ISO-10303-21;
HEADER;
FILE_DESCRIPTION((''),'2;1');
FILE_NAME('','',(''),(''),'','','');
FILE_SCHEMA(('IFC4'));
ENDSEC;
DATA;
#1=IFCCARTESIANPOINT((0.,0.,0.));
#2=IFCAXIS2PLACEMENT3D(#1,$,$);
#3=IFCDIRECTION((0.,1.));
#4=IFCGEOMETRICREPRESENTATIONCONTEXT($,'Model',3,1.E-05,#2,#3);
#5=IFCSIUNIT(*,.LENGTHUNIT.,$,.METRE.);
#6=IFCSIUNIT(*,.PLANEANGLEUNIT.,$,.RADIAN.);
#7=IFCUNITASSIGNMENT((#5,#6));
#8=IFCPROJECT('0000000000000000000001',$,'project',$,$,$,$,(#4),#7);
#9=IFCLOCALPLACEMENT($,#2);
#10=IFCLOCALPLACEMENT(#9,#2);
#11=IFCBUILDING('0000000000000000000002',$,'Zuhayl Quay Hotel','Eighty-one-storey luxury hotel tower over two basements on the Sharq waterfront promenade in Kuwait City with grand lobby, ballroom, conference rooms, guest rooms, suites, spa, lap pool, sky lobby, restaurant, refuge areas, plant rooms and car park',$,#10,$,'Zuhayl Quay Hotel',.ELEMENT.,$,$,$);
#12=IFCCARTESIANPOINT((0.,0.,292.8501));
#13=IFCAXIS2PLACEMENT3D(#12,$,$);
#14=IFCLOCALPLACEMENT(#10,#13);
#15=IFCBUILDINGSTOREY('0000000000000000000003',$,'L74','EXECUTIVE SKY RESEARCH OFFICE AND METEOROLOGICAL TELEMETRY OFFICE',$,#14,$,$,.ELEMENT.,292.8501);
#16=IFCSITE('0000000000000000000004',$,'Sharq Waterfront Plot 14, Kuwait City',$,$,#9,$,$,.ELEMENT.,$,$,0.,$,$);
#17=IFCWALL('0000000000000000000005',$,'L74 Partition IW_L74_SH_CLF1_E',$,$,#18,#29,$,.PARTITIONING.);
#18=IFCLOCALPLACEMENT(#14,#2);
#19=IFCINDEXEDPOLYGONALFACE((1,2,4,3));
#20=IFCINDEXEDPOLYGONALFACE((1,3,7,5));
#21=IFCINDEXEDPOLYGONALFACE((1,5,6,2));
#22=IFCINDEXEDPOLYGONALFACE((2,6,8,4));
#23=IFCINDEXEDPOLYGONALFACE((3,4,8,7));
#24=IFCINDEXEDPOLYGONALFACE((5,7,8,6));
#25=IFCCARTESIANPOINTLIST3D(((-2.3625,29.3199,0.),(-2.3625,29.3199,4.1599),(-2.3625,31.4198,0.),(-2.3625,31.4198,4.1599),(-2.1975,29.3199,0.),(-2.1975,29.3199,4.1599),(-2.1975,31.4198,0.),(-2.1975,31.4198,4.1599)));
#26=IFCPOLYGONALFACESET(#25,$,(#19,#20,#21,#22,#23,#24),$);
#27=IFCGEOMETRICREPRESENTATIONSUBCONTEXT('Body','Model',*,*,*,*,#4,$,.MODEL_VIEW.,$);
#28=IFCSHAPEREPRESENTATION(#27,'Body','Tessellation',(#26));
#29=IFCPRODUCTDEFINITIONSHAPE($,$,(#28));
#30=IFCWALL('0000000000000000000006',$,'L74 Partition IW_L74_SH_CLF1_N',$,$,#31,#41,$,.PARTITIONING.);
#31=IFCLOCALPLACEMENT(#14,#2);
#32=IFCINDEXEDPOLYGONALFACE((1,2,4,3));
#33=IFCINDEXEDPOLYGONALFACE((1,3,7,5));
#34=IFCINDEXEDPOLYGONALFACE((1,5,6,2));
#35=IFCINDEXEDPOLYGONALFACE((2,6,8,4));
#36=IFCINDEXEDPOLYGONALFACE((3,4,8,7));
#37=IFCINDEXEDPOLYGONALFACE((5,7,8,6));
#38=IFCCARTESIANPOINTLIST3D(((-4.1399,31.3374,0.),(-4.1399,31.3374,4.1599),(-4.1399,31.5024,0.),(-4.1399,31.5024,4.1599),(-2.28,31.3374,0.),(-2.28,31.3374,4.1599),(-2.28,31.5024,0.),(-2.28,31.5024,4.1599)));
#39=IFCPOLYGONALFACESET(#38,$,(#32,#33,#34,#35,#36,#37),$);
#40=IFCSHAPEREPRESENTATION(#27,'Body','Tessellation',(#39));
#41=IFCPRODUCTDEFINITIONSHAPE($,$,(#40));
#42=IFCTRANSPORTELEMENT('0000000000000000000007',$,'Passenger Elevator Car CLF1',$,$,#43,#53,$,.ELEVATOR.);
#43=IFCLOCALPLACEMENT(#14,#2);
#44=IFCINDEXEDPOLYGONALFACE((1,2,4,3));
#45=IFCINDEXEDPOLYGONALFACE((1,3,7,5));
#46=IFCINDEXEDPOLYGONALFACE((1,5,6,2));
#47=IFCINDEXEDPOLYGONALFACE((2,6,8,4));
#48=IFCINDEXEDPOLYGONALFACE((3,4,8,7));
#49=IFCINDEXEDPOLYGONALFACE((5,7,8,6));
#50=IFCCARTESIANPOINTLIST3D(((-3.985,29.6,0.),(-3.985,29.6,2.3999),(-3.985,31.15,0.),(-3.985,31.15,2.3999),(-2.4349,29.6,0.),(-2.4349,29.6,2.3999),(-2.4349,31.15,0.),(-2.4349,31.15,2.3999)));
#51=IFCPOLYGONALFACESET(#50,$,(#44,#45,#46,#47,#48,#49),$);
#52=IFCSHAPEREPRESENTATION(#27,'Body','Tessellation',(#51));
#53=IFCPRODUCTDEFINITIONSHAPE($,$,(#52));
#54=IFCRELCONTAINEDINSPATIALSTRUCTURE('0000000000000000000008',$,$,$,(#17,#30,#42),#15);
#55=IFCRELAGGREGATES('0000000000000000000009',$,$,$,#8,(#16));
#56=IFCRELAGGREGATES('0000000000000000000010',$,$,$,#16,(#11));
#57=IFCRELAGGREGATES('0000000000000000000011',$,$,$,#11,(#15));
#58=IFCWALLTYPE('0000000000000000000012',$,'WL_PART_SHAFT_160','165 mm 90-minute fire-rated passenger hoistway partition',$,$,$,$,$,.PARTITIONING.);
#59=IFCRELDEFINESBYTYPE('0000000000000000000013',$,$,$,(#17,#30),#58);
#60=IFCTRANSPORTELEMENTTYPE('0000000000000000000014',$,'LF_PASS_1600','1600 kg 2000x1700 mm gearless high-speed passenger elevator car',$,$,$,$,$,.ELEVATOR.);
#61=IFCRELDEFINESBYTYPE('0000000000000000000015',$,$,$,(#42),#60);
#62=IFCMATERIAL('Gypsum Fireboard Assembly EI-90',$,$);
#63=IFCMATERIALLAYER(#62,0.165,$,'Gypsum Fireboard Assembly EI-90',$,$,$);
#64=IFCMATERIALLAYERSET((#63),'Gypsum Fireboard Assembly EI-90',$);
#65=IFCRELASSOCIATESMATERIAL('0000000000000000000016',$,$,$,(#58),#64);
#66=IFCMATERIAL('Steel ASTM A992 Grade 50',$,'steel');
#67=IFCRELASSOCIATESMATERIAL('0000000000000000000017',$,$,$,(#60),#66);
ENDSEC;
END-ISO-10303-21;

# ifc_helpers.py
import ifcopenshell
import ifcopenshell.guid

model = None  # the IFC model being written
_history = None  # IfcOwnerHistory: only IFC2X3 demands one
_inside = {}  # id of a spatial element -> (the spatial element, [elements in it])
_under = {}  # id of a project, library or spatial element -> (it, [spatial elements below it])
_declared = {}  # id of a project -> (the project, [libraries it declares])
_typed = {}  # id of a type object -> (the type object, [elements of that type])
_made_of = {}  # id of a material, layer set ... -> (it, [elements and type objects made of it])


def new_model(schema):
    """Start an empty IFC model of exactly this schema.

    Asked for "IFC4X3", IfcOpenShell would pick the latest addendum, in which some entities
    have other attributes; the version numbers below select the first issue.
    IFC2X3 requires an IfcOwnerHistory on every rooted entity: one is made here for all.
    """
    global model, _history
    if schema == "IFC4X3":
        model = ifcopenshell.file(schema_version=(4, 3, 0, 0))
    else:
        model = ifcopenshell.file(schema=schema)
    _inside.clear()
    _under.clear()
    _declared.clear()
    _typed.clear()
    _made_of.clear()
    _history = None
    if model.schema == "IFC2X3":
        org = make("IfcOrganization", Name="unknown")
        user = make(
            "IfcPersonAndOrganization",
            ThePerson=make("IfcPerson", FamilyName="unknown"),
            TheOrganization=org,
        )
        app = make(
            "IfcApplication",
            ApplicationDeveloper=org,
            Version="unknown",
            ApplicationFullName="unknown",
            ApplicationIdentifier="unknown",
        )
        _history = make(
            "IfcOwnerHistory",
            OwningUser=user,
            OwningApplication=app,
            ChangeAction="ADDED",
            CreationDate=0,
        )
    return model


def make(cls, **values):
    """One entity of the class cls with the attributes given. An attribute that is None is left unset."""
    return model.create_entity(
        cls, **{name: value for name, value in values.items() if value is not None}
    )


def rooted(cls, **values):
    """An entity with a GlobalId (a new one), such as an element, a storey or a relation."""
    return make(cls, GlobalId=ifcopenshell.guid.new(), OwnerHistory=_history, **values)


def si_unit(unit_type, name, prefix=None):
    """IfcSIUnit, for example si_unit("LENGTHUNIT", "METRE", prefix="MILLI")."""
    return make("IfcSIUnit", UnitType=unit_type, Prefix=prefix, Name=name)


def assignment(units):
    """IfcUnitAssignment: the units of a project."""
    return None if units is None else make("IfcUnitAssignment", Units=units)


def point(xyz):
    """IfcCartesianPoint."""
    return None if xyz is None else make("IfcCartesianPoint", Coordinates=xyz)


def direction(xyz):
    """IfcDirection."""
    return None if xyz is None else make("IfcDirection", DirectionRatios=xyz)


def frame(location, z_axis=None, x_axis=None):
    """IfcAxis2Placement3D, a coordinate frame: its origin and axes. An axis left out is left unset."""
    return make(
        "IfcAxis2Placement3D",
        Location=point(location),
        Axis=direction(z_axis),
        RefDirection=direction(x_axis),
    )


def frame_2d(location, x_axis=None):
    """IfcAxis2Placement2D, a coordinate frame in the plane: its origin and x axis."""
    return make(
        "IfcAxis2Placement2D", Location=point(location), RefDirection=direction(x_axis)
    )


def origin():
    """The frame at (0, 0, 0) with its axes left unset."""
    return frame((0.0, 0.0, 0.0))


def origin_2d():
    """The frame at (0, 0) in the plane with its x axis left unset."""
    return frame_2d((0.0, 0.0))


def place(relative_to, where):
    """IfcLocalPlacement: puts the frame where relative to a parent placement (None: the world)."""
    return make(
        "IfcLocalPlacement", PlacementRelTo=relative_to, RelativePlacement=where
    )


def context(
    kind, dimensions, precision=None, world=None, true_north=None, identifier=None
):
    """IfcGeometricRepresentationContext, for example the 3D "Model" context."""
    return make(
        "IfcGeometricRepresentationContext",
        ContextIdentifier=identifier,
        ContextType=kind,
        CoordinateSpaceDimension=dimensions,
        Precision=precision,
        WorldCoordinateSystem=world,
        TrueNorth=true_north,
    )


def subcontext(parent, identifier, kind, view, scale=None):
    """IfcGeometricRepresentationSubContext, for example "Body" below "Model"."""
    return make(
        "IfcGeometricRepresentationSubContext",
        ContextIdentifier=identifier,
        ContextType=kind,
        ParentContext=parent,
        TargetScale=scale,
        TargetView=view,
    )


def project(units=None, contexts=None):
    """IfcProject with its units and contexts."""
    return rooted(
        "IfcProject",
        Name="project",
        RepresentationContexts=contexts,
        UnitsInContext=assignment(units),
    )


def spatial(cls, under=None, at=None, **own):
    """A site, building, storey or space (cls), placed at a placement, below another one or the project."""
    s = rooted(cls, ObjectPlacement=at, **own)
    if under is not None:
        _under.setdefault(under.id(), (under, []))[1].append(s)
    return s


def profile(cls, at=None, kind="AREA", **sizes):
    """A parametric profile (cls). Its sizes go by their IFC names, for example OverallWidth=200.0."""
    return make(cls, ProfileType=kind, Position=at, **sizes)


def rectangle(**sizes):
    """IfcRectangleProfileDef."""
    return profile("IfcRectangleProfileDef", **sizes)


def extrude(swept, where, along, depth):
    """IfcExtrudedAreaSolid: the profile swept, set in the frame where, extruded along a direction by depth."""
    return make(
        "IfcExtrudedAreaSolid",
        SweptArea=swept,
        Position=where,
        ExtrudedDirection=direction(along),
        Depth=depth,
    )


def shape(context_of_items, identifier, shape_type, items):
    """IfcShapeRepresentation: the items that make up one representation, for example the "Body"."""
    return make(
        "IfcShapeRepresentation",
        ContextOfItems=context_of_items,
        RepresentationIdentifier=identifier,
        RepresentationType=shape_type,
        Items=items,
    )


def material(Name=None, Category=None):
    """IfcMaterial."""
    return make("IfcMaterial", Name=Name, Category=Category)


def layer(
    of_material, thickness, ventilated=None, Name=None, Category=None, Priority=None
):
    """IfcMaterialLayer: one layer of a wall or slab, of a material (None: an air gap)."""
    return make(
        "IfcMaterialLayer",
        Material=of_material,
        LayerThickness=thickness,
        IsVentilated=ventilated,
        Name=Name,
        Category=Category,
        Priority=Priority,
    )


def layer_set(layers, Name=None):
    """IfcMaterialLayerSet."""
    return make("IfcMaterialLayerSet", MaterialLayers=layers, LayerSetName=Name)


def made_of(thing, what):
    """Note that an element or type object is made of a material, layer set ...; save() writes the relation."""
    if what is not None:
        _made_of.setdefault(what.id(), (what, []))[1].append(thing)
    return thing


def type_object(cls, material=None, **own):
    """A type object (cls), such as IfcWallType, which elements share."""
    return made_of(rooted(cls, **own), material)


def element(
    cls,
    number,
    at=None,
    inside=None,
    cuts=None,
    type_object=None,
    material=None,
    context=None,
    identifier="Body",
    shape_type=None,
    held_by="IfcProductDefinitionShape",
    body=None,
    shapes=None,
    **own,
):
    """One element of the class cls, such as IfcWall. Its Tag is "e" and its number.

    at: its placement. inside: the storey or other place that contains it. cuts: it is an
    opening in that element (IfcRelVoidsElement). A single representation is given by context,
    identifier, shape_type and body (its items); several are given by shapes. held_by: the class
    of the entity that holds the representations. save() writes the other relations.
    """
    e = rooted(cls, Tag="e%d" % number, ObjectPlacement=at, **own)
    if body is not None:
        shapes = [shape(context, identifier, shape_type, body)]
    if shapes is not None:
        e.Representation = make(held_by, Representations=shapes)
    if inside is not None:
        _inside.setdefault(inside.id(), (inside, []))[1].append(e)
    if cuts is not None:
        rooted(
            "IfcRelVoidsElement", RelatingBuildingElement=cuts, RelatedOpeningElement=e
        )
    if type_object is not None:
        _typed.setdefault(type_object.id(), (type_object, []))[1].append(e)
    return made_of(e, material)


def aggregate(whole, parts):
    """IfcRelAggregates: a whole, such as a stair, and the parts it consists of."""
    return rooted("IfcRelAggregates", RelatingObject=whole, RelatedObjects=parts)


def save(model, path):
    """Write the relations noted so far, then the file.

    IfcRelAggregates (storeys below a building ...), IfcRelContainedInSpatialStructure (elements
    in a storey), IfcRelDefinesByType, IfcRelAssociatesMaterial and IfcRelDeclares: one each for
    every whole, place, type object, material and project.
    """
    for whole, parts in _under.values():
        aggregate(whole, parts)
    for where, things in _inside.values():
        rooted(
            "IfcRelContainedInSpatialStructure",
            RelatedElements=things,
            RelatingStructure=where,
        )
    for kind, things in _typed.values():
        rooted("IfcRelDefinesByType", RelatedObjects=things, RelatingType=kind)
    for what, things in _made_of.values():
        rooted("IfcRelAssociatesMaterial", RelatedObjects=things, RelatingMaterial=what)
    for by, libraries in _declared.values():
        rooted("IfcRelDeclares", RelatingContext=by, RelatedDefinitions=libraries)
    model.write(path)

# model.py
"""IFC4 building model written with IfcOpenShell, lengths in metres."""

from ifc_helpers import new_model, si_unit, direction, frame, frame_2d, origin, origin_2d, place, context, subcontext, project, spatial, rectangle, extrude, material, layer, layer_set, type_object, element, save


model = new_model("IFC4")

# Units and contexts
model_context = context("Model", 3, precision=1e-05, world=origin(), true_north=direction((0.0, 1.0)))
body_context = subcontext(model_context, "Body", "Model", "MODEL_VIEW")
ifc_project = project(units=[si_unit("LENGTHUNIT", "METRE"), si_unit("PLANEANGLEUNIT", "RADIAN")], contexts=[model_context])

# Site, building, storey
site_placement = place(None, origin())
site = spatial("IfcSite", under=ifc_project, at=site_placement, Name="Sharq Waterfront Plot 14, Kuwait City", CompositionType="ELEMENT", RefElevation=0.0)
building_placement = place(site_placement, origin())
building = spatial("IfcBuilding", under=site, at=building_placement, Name="Zuhayl Quay Hotel", Description="Eighty-one-storey luxury hotel tower over two basements on the Sharq waterfront promenade in Kuwait City with grand lobby, ballroom, conference rooms, guest rooms, suites, spa, lap pool, sky lobby, restaurant, refuge areas, plant rooms and car park", LongName="Zuhayl Quay Hotel", CompositionType="ELEMENT")
storey_placement = place(building_placement, frame((0.0, 0.0, 292.8501)))
storey = spatial("IfcBuildingStorey", under=building, at=storey_placement, Name="L74", Description="EXECUTIVE SKY RESEARCH OFFICE AND METEOROLOGICAL TELEMETRY OFFICE", CompositionType="ELEMENT", Elevation=292.8501)

# Shared definitions
ifc_material_1 = material(Name="Steel ASTM A992 Grade 50", Category="steel")

# Shared definitions
ifc_material_2 = material(Name="Gypsum Fireboard Assembly EI-90")
ifc_layer_1 = layer(ifc_material_2, 0.165, Name="Gypsum Fireboard Assembly EI-90")
ifc_layer_set_1 = layer_set([ifc_layer_1], Name="Gypsum Fireboard Assembly EI-90")
wall_type_1 = type_object("IfcWallType", Name="WL_PART_SHAFT_160", Description="165 mm 90-minute fire-rated passenger hoistway partition", PredefinedType="PARTITIONING", material=ifc_layer_set_1)

# Walls
wall_1_placement = place(storey_placement, frame((-2.28, 29.3201, 0.0), z_axis=(0.0, 0.0, 1.0), x_axis=(0.0, 1.0, 0.0)))
element("IfcWall", 1, at=wall_1_placement, inside=storey, type_object=wall_type_1, Name="L74 Partition IW_L74_SH_CLF1_E", PredefinedType="PARTITIONING", context=body_context, shape_type="SweptSolid", body=[
    extrude(rectangle(XDim=2.0999, YDim=0.165, at=frame_2d((1.0498, 0.0))), origin(), (0.0, 0.0, 1.0), 4.1599),
])
wall_2_placement = place(storey_placement, frame((-4.1399, 31.4199, 0.0), z_axis=(0.0, 0.0, 1.0), x_axis=(1.0, 0.0, 0.0)))
element("IfcWall", 2, at=wall_2_placement, inside=storey, type_object=wall_type_1, Name="L74 Partition IW_L74_SH_CLF1_N", PredefinedType="PARTITIONING", context=body_context, shape_type="SweptSolid", body=[
    extrude(rectangle(XDim=1.8599, YDim=0.165, at=frame_2d((0.9299, 0.0))), origin(), (0.0, 0.0, 1.0), 4.1599),
])

# Transport element
transport_element_type = type_object("IfcTransportElementType", Name="LF_PASS_1600", Description="1600 kg 2000x1700 mm gearless high-speed passenger elevator car", PredefinedType="ELEVATOR", material=ifc_material_1)
transport_element_placement = place(storey_placement, frame((-3.21, 30.375, 0.0), z_axis=(0.0, 0.0, 1.0), x_axis=(1.0, 0.0, 0.0)))
element("IfcTransportElement", 3, at=transport_element_placement, inside=storey, type_object=transport_element_type, Name="Passenger Elevator Car CLF1", PredefinedType="ELEVATOR", context=body_context, shape_type="SweptSolid", body=[
    extrude(rectangle(XDim=1.55, YDim=1.55, at=origin_2d()), origin(), (0.0, 0.0, 1.0), 2.3999),
])

save(model, "model.ifc")
